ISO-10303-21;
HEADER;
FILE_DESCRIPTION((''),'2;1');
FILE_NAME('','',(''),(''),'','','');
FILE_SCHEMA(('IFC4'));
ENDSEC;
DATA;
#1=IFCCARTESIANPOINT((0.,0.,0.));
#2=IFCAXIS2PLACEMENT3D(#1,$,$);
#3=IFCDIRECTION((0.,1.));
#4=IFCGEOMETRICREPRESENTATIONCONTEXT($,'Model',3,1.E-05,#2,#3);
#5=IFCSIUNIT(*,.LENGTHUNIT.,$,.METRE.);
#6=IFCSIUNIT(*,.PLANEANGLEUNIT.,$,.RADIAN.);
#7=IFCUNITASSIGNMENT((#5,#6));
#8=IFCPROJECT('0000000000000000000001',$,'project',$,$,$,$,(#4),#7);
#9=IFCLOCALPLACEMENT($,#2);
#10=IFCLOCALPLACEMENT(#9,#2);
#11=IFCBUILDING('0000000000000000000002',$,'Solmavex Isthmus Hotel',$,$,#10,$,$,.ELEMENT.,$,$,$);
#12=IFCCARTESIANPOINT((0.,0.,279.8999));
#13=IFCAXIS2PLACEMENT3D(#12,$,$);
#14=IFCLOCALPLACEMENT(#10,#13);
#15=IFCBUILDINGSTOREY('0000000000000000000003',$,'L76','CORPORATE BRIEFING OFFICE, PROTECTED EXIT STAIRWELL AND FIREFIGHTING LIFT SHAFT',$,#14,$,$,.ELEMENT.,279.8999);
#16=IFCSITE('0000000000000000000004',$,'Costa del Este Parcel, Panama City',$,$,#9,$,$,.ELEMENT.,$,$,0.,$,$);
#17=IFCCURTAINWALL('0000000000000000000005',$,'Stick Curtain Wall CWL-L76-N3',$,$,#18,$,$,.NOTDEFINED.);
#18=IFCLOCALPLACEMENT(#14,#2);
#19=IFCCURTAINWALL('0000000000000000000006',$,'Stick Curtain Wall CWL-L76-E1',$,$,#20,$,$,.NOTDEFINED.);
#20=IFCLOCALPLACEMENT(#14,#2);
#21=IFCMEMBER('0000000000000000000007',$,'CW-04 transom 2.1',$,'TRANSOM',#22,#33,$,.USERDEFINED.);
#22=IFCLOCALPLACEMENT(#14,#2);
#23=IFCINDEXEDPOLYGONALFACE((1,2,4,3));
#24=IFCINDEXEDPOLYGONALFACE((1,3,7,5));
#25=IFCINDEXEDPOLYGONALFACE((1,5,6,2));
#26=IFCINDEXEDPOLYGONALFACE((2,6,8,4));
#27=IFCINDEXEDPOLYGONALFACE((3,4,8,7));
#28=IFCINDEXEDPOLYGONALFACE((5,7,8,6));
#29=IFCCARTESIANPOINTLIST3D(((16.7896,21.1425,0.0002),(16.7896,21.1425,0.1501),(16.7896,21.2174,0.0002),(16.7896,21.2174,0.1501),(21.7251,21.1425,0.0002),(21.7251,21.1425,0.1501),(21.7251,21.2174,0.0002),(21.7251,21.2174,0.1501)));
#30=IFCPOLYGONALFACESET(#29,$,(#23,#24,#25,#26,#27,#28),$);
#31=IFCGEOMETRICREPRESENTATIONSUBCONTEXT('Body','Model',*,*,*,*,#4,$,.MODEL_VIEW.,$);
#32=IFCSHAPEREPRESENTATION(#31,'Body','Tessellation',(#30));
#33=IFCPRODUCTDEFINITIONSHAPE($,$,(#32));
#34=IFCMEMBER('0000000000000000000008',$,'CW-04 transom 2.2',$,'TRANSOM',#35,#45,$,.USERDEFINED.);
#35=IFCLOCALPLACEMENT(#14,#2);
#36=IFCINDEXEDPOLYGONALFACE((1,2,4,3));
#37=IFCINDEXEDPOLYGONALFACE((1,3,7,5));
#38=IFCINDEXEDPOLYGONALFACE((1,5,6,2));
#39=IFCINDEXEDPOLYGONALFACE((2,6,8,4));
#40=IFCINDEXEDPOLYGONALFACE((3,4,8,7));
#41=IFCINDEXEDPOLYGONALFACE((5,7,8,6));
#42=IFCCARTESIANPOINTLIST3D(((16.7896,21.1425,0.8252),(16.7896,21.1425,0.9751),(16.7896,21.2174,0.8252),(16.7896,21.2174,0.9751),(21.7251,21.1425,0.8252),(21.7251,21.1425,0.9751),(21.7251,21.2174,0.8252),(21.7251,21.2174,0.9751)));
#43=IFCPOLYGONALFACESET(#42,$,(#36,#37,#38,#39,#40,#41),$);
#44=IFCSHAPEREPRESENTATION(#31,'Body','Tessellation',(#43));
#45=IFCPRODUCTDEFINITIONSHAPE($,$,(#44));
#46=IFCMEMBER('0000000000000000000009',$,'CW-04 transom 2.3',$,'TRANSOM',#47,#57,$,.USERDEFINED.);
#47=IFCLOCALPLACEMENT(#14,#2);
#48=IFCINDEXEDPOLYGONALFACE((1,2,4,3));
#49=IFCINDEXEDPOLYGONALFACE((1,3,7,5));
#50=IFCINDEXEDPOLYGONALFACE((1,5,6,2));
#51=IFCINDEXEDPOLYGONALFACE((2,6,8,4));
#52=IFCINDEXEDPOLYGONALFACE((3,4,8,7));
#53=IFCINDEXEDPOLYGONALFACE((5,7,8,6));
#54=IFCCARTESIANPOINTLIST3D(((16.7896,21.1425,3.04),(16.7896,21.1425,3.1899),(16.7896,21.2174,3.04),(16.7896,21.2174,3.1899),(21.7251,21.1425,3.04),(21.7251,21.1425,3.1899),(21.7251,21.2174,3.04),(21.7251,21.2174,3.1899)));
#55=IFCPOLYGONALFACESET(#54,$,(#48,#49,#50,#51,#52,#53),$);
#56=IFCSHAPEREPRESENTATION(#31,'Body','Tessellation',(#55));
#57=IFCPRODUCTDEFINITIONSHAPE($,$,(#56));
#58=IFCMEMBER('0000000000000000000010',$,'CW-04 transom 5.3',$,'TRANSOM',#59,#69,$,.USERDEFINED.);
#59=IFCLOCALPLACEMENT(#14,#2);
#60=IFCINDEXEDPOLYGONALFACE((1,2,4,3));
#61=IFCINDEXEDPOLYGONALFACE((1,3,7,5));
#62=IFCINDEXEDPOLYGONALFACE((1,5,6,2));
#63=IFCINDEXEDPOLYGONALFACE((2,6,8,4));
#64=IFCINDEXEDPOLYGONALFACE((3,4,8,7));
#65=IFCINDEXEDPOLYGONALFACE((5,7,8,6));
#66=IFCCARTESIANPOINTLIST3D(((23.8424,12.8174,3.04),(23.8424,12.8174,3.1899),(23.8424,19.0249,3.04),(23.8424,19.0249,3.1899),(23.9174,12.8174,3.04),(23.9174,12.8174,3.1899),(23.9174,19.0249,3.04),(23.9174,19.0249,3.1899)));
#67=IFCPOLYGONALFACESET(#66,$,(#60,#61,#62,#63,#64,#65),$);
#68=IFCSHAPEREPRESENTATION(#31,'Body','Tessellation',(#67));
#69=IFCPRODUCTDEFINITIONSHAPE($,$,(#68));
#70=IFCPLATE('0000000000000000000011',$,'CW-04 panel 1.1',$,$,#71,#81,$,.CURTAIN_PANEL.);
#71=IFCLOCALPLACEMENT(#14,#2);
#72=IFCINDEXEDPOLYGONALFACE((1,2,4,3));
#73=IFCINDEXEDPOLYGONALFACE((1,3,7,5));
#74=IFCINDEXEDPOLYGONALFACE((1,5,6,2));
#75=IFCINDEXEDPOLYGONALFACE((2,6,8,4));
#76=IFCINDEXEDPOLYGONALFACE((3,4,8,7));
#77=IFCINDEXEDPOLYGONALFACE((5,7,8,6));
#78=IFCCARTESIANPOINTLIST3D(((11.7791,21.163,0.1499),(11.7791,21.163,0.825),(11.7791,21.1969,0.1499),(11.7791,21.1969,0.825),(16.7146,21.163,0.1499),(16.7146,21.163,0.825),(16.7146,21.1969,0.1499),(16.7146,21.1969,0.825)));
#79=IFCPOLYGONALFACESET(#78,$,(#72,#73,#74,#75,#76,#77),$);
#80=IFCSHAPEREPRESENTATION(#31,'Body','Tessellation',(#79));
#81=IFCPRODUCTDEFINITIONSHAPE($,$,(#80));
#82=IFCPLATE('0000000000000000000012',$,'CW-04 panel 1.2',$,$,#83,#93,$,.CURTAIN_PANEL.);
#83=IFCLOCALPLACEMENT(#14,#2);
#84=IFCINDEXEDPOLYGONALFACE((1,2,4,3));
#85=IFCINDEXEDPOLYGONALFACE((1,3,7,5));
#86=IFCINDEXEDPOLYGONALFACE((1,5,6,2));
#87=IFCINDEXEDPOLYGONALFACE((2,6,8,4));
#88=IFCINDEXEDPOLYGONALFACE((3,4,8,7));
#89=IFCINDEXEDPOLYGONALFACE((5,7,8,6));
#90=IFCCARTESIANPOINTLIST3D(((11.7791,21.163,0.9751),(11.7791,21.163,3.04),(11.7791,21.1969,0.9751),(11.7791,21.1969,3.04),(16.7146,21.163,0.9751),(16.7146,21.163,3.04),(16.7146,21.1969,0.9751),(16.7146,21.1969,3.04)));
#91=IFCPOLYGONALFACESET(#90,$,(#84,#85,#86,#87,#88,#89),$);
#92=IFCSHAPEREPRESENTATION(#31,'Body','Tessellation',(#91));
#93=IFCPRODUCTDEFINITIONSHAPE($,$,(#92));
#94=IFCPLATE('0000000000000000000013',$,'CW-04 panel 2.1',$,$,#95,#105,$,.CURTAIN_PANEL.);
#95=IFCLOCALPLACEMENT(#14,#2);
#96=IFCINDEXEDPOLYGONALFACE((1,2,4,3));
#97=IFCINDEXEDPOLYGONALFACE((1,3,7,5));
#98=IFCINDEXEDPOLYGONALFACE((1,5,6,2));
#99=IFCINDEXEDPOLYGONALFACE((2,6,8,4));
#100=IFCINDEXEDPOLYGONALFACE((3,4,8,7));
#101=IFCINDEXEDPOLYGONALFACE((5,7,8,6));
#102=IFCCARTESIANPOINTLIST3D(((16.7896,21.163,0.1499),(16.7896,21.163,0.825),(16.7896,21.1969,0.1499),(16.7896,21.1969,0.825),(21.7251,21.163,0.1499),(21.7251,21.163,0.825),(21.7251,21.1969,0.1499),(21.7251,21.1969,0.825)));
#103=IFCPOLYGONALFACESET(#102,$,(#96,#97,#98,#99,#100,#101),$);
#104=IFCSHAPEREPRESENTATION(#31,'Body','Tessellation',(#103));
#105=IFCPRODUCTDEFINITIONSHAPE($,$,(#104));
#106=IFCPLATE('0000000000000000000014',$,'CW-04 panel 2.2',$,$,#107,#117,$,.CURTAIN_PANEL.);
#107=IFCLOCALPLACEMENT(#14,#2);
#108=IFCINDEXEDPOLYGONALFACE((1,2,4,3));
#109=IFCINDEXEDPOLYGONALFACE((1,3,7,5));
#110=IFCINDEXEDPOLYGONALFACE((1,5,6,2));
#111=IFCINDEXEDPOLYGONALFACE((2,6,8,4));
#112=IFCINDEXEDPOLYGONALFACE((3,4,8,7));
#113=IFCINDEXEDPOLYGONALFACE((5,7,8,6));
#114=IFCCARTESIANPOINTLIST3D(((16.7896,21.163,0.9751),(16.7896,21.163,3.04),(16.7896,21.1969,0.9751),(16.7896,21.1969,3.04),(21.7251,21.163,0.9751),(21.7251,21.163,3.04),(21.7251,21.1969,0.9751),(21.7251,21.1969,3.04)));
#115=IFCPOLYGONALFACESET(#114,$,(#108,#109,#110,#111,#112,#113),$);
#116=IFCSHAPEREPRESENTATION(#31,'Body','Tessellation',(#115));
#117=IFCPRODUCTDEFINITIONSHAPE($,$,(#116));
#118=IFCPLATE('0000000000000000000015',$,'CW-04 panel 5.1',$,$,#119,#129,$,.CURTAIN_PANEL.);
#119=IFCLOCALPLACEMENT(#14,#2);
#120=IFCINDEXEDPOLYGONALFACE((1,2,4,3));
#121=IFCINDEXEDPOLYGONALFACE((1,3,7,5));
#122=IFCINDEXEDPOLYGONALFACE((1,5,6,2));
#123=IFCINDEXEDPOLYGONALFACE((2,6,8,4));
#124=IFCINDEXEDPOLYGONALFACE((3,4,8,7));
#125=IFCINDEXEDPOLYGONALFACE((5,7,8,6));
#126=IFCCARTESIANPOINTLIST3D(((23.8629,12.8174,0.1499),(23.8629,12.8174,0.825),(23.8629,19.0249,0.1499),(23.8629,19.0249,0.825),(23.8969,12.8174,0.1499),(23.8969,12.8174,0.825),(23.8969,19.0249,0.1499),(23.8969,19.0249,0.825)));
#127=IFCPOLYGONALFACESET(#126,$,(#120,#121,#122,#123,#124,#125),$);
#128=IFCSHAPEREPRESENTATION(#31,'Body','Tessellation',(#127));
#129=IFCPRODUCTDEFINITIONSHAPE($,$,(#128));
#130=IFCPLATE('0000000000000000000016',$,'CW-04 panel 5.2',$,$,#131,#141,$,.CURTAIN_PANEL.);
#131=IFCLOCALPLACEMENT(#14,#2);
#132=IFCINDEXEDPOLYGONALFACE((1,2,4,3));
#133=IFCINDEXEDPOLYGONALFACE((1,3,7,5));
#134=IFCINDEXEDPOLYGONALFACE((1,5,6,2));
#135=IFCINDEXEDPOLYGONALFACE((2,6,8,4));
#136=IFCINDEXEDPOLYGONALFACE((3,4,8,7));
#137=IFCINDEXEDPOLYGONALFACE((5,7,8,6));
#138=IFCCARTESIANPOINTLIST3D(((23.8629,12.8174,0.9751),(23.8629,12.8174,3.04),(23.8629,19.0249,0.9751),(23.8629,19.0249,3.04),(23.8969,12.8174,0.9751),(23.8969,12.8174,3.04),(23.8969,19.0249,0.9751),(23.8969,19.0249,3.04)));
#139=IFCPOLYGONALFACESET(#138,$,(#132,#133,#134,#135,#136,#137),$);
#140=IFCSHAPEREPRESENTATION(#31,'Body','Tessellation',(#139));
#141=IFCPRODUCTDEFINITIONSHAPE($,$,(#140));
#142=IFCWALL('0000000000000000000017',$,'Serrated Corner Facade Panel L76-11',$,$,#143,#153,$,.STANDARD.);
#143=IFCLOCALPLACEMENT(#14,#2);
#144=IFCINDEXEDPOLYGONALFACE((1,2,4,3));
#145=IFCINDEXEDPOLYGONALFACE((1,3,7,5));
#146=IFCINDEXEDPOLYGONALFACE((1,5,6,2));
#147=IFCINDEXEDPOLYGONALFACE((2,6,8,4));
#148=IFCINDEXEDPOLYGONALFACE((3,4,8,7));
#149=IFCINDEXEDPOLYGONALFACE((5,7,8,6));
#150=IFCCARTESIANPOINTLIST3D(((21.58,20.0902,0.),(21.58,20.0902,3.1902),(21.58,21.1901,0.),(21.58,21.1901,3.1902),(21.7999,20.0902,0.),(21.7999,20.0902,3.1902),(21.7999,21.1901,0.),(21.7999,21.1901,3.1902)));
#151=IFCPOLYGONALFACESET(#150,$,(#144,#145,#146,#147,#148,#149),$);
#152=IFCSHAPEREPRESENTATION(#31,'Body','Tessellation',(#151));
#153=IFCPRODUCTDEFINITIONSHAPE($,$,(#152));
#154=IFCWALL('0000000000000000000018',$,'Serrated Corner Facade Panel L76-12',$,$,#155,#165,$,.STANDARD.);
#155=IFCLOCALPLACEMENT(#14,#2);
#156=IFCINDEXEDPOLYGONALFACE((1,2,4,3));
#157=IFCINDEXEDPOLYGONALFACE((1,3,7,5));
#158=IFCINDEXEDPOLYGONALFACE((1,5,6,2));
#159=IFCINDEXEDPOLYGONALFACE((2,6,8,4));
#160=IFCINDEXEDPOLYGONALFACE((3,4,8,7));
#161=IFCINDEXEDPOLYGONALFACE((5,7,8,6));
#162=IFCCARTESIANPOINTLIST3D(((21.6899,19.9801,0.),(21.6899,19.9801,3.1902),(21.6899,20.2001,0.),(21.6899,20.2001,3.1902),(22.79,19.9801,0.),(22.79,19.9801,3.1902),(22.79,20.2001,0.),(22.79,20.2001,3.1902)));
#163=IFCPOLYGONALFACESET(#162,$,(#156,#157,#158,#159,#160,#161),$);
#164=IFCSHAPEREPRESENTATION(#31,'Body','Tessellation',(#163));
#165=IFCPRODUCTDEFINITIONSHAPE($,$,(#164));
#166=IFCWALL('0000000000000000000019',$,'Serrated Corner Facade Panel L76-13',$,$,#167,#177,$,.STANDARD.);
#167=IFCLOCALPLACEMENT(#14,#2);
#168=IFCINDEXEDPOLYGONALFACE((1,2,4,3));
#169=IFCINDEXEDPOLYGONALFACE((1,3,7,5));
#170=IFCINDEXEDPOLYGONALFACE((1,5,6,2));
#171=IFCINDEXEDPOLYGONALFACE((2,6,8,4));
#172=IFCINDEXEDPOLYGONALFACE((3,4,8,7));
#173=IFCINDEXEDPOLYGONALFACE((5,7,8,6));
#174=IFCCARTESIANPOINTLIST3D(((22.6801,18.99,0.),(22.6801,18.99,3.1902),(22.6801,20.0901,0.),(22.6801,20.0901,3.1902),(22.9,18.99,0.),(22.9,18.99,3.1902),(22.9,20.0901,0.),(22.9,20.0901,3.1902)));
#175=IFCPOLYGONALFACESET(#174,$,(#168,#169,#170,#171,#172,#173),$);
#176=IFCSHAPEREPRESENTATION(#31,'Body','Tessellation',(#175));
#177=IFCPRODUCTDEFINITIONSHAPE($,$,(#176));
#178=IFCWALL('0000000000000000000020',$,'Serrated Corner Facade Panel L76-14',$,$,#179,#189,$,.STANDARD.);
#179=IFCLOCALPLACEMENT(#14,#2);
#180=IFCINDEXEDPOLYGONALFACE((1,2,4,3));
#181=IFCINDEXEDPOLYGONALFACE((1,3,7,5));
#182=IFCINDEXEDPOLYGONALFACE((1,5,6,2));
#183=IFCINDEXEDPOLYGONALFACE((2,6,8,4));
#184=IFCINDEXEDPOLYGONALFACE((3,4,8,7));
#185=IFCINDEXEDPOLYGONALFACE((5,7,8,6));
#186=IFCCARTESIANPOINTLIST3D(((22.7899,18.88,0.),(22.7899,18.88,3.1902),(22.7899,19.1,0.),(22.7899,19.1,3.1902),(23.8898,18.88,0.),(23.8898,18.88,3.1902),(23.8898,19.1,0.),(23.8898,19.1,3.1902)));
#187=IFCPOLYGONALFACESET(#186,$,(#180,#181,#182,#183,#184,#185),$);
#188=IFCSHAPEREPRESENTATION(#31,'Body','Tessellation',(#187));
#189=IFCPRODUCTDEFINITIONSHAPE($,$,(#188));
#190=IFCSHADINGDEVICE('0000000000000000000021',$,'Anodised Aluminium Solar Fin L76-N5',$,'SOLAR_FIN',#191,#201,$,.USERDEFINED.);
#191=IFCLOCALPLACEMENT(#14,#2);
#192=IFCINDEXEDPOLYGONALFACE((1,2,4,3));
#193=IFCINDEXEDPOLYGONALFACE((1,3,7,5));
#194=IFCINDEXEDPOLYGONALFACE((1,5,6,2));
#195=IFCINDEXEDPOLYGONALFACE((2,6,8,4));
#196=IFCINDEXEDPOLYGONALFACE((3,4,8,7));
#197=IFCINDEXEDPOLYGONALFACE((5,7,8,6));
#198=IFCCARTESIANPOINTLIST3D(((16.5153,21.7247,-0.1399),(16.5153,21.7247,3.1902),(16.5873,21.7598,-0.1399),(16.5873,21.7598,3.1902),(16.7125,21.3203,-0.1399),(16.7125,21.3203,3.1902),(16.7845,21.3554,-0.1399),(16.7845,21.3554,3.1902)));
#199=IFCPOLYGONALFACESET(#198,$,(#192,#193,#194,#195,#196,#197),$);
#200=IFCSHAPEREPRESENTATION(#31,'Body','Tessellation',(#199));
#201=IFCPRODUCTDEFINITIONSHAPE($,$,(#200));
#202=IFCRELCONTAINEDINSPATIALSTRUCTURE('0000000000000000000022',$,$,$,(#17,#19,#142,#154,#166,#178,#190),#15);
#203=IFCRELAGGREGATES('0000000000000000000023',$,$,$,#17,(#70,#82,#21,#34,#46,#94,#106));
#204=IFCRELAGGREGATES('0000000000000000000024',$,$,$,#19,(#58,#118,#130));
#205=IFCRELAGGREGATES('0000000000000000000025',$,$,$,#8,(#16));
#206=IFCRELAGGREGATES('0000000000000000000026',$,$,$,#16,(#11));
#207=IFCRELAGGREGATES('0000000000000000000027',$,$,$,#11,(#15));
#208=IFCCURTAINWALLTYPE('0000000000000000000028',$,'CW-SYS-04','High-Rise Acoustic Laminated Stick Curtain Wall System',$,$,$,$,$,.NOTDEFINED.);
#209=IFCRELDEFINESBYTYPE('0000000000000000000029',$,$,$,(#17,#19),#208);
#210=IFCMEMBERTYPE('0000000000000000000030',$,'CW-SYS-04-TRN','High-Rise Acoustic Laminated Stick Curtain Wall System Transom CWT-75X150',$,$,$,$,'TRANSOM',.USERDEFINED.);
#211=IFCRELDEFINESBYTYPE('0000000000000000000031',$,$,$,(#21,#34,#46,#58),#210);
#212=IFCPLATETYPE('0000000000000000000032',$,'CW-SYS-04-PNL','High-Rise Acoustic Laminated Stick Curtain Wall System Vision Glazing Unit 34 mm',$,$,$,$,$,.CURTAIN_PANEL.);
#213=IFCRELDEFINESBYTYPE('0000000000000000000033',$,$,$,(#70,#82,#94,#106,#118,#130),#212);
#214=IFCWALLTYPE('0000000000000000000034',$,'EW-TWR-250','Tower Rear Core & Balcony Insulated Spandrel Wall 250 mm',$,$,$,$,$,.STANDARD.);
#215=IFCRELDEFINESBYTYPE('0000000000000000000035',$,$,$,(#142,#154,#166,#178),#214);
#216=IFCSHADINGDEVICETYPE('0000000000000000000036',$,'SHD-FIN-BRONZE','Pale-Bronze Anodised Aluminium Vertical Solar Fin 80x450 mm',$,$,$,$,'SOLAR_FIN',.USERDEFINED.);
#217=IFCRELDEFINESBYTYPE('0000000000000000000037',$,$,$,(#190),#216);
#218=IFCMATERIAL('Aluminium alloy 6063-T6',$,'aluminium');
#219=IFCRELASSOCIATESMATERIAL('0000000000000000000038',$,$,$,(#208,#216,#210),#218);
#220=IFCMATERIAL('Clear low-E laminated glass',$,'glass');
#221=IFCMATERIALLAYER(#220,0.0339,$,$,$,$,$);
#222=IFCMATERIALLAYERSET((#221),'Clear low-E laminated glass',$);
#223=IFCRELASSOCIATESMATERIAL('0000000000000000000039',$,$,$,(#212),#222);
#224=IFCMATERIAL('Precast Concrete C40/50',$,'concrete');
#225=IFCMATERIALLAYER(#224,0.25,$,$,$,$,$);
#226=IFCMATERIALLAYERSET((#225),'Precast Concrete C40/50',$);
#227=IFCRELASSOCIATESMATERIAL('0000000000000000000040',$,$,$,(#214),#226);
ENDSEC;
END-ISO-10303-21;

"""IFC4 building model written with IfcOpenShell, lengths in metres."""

from ifc_helpers import new_model, si_unit, direction, frame, frame_2d, origin, origin_2d, place, context, subcontext, project, spatial, rectangle, extrude, material, layer, layer_set, material_profile, profile_set, type_object, element, aggregate, save


model = new_model("IFC4")

# Units and contexts
model_context = context("Model", 3, precision=1e-05, world=origin(), true_north=direction((0.0, 1.0)))
body_context = subcontext(model_context, "Body", "Model", "MODEL_VIEW")
ifc_project = project(units=[si_unit("LENGTHUNIT", "METRE"), si_unit("PLANEANGLEUNIT", "RADIAN")], contexts=[model_context])

# Site, building, storey
site_placement = place(None, origin())
site = spatial("IfcSite", under=ifc_project, at=site_placement, Name="Costa del Este Parcel, Panama City", CompositionType="ELEMENT", RefElevation=0.0)
building_placement = place(site_placement, origin())
building = spatial("IfcBuilding", under=site, at=building_placement, Name="Solmavex Isthmus Hotel", CompositionType="ELEMENT")
storey_placement = place(building_placement, frame((0.0, 0.0, 279.8999)))
storey = spatial("IfcBuildingStorey", under=building, at=storey_placement, Name="L76", Description="CORPORATE BRIEFING OFFICE, PROTECTED EXIT STAIRWELL AND FIREFIGHTING LIFT SHAFT", CompositionType="ELEMENT", Elevation=279.8999)

# Curtain wall
ifc_material_1 = material(Name="Aluminium alloy 6063-T6", Category="aluminium")
curtain_wall_type = type_object("IfcCurtainWallType", Name="CW-SYS-04", Description="High-Rise Acoustic Laminated Stick Curtain Wall System", PredefinedType="NOTDEFINED", material=ifc_material_1)
curtain_wall_1_placement = place(storey_placement, origin())
curtain_wall_1 = element("IfcCurtainWall", 1, at=curtain_wall_1_placement, inside=storey, type_object=curtain_wall_type, Name="Stick Curtain Wall CWL-L76-N3", PredefinedType="NOTDEFINED")

# Curtain wall
curtain_wall_2_placement = place(storey_placement, origin())
curtain_wall_2 = element("IfcCurtainWall", 2, at=curtain_wall_2_placement, inside=storey, type_object=curtain_wall_type, Name="Stick Curtain Wall CWL-L76-E1", PredefinedType="NOTDEFINED")

# Members
ifc_material_profile_1 = material_profile(ifc_material_1, rectangle(XDim=0.075, YDim=0.1499, at=origin_2d()), Name="CWT-75X150")
ifc_profile_set_1 = profile_set([ifc_material_profile_1], Name="Aluminium alloy 6063-T6")
member_type_1 = type_object("IfcMemberType", Name="CW-SYS-04-TRN", Description="High-Rise Acoustic Laminated Stick Curtain Wall System Transom CWT-75X150", ElementType="TRANSOM", PredefinedType="USERDEFINED", material=ifc_profile_set_1)
member_1_placement = place(storey_placement, frame((16.7896, 21.1799, 0.0752), z_axis=(1.0, 0.0, 0.0), x_axis=(0.0, 1.0, 0.0)))
member_1 = element("IfcMember", 3, at=member_1_placement, type_object=member_type_1, Name="CW-04 transom 2.1", ObjectType="TRANSOM", PredefinedType="USERDEFINED", context=body_context, shape_type="SweptSolid", body=[
    extrude(rectangle(XDim=0.075, YDim=0.1499, at=origin_2d()), origin(), (0.0, 0.0, 1.0), 4.9355),
])
member_2_placement = place(storey_placement, frame((16.7896, 21.1799, 0.9001), z_axis=(1.0, 0.0, 0.0), x_axis=(0.0, 1.0, 0.0)))
member_2 = element("IfcMember", 4, at=member_2_placement, type_object=member_type_1, Name="CW-04 transom 2.2", ObjectType="TRANSOM", PredefinedType="USERDEFINED", context=body_context, shape_type="SweptSolid", body=[
    extrude(rectangle(XDim=0.075, YDim=0.1499, at=origin_2d()), origin(), (0.0, 0.0, 1.0), 4.9355),
])
member_3_placement = place(storey_placement, frame((16.7896, 21.1799, 3.115), z_axis=(1.0, 0.0, 0.0), x_axis=(0.0, 1.0, 0.0)))
member_3 = element("IfcMember", 5, at=member_3_placement, type_object=member_type_1, Name="CW-04 transom 2.3", ObjectType="TRANSOM", PredefinedType="USERDEFINED", context=body_context, shape_type="SweptSolid", body=[
    extrude(rectangle(XDim=0.075, YDim=0.1499, at=origin_2d()), origin(), (0.0, 0.0, 1.0), 4.9355),
])
member_4_placement = place(storey_placement, frame((23.8799, 12.8174, 3.115), z_axis=(0.0, 1.0, 0.0), x_axis=(-1.0, 0.0, 0.0)))
member_4 = element("IfcMember", 6, at=member_4_placement, type_object=member_type_1, Name="CW-04 transom 5.3", ObjectType="TRANSOM", PredefinedType="USERDEFINED", context=body_context, shape_type="SweptSolid", body=[
    extrude(rectangle(XDim=0.075, YDim=0.1499, at=origin_2d()), origin(), (0.0, 0.0, 1.0), 6.2075),
])

# Plates
ifc_material_2 = material(Name="Clear low-E laminated glass", Category="glass")
ifc_layer_1 = layer(ifc_material_2, 0.0339)
ifc_layer_set_1 = layer_set([ifc_layer_1], Name="Clear low-E laminated glass")
plate_type = type_object("IfcPlateType", Name="CW-SYS-04-PNL", Description="High-Rise Acoustic Laminated Stick Curtain Wall System Vision Glazing Unit 34 mm", PredefinedType="CURTAIN_PANEL", material=ifc_layer_set_1)
plate_1_placement = place(storey_placement, frame((14.2468, 21.1799, 0.1499), z_axis=(0.0, 0.0, 1.0), x_axis=(1.0, 0.0, 0.0)))
plate_1 = element("IfcPlate", 7, at=plate_1_placement, type_object=plate_type, Name="CW-04 panel 1.1", PredefinedType="CURTAIN_PANEL", context=body_context, shape_type="SweptSolid", body=[
    extrude(rectangle(XDim=4.9355, YDim=0.0339, at=origin_2d()), origin(), (0.0, 0.0, 1.0), 0.675),
])
plate_2_placement = place(storey_placement, frame((14.2468, 21.1799, 0.9751), z_axis=(0.0, 0.0, 1.0), x_axis=(1.0, 0.0, 0.0)))
plate_2 = element("IfcPlate", 8, at=plate_2_placement, type_object=plate_type, Name="CW-04 panel 1.2", PredefinedType="CURTAIN_PANEL", context=body_context, shape_type="SweptSolid", body=[
    extrude(rectangle(XDim=4.9355, YDim=0.0339, at=origin_2d()), origin(), (0.0, 0.0, 1.0), 2.0649),
])
plate_3_placement = place(storey_placement, frame((19.2573, 21.1799, 0.1499), z_axis=(0.0, 0.0, 1.0), x_axis=(1.0, 0.0, 0.0)))
plate_3 = element("IfcPlate", 9, at=plate_3_placement, type_object=plate_type, Name="CW-04 panel 2.1", PredefinedType="CURTAIN_PANEL", context=body_context, shape_type="SweptSolid", body=[
    extrude(rectangle(XDim=4.9355, YDim=0.0339, at=origin_2d()), origin(), (0.0, 0.0, 1.0), 0.675),
])
plate_4_placement = place(storey_placement, frame((19.2573, 21.1799, 0.9751), z_axis=(0.0, 0.0, 1.0), x_axis=(1.0, 0.0, 0.0)))
plate_4 = element("IfcPlate", 10, at=plate_4_placement, type_object=plate_type, Name="CW-04 panel 2.2", PredefinedType="CURTAIN_PANEL", context=body_context, shape_type="SweptSolid", body=[
    extrude(rectangle(XDim=4.9355, YDim=0.0339, at=origin_2d()), origin(), (0.0, 0.0, 1.0), 2.0649),
])
aggregate(curtain_wall_1, [plate_1, plate_2, member_1, member_2, member_3, plate_3, plate_4])
plate_5_placement = place(storey_placement, frame((23.8799, 15.9211, 0.1499), z_axis=(0.0, 0.0, 1.0), x_axis=(0.0, 1.0, 0.0)))
plate_5 = element("IfcPlate", 11, at=plate_5_placement, type_object=plate_type, Name="CW-04 panel 5.1", PredefinedType="CURTAIN_PANEL", context=body_context, shape_type="SweptSolid", body=[
    extrude(rectangle(XDim=6.2075, YDim=0.0339, at=origin_2d()), origin(), (0.0, 0.0, 1.0), 0.675),
])
plate_6_placement = place(storey_placement, frame((23.8799, 15.9211, 0.9751), z_axis=(0.0, 0.0, 1.0), x_axis=(0.0, 1.0, 0.0)))
plate_6 = element("IfcPlate", 12, at=plate_6_placement, type_object=plate_type, Name="CW-04 panel 5.2", PredefinedType="CURTAIN_PANEL", context=body_context, shape_type="SweptSolid", body=[
    extrude(rectangle(XDim=6.2075, YDim=0.0339, at=origin_2d()), origin(), (0.0, 0.0, 1.0), 2.0649),
])
aggregate(curtain_wall_2, [member_4, plate_5, plate_6])

# Walls
ifc_material_3 = material(Name="Precast Concrete C40/50", Category="concrete")
ifc_layer_2 = layer(ifc_material_3, 0.25)
ifc_layer_set_2 = layer_set([ifc_layer_2], Name="Precast Concrete C40/50")
wall_type = type_object("IfcWallType", Name="EW-TWR-250", Description="Tower Rear Core & Balcony Insulated Spandrel Wall 250 mm", PredefinedType="STANDARD", material=ifc_layer_set_2)
wall_1_placement = place(storey_placement, frame((21.6899, 21.1899, 0.0), z_axis=(0.0, 0.0, 1.0), x_axis=(0.0, -1.0, 0.0)))
element("IfcWall", 13, at=wall_1_placement, inside=storey, type_object=wall_type, Name="Serrated Corner Facade Panel L76-11", PredefinedType="STANDARD", context=body_context, shape_type="SweptSolid", body=[
    extrude(rectangle(XDim=1.0999, YDim=0.22, at=frame_2d((0.5498, 0.0))), origin(), (0.0, 0.0, 1.0), 3.1902),
])
for number, where, z_axis, x_axis, name in (
    (14, (21.6899, 20.0901, 0.0), (0.0, 0.0, 1.0), (1.0, 0.0, 0.0), "Serrated Corner Facade Panel L76-12"),
    (15, (22.79, 20.0901, 0.0), (0.0, 0.0, 1.0), (0.0, -1.0, 0.0), "Serrated Corner Facade Panel L76-13"),
):
    element("IfcWall", number, at=place(storey_placement, frame(where, z_axis=z_axis, x_axis=x_axis)), inside=storey, type_object=wall_type, Name=name, PredefinedType="STANDARD", context=body_context, shape_type="SweptSolid", body=[
        extrude(rectangle(XDim=1.1001, YDim=0.22, at=frame_2d((0.55, 0.0))), origin(), (0.0, 0.0, 1.0), 3.1902),
    ])
wall_2_placement = place(storey_placement, frame((22.79, 18.99, 0.0), z_axis=(0.0, 0.0, 1.0), x_axis=(1.0, 0.0, 0.0)))
element("IfcWall", 16, at=wall_2_placement, inside=storey, type_object=wall_type, Name="Serrated Corner Facade Panel L76-14", PredefinedType="STANDARD", context=body_context, shape_type="SweptSolid", body=[
    extrude(rectangle(XDim=1.0999, YDim=0.22, at=frame_2d((0.5498, 0.0))), origin(), (0.0, 0.0, 1.0), 3.1902),
])

# Shading device
shading_device_type = type_object("IfcShadingDeviceType", Name="SHD-FIN-BRONZE", Description="Pale-Bronze Anodised Aluminium Vertical Solar Fin 80x450 mm", ElementType="SOLAR_FIN", PredefinedType="USERDEFINED", material=ifc_material_1)
shading_device_placement = place(storey_placement, frame((16.6499, 21.54, -0.1399), z_axis=(0.0, 0.0, 1.0), x_axis=(-0.438371, 0.898794, 0.0)))
element("IfcShadingDevice", 17, at=shading_device_placement, inside=storey, type_object=shading_device_type, Name="Anodised Aluminium Solar Fin L76-N5", ObjectType="SOLAR_FIN", PredefinedType="USERDEFINED", context=body_context, shape_type="SweptSolid", body=[
    extrude(rectangle(XDim=0.45, YDim=0.0801, at=origin_2d()), origin(), (0.0, 0.0, 1.0), 3.3301),
])

save(model, "model.ifc")
